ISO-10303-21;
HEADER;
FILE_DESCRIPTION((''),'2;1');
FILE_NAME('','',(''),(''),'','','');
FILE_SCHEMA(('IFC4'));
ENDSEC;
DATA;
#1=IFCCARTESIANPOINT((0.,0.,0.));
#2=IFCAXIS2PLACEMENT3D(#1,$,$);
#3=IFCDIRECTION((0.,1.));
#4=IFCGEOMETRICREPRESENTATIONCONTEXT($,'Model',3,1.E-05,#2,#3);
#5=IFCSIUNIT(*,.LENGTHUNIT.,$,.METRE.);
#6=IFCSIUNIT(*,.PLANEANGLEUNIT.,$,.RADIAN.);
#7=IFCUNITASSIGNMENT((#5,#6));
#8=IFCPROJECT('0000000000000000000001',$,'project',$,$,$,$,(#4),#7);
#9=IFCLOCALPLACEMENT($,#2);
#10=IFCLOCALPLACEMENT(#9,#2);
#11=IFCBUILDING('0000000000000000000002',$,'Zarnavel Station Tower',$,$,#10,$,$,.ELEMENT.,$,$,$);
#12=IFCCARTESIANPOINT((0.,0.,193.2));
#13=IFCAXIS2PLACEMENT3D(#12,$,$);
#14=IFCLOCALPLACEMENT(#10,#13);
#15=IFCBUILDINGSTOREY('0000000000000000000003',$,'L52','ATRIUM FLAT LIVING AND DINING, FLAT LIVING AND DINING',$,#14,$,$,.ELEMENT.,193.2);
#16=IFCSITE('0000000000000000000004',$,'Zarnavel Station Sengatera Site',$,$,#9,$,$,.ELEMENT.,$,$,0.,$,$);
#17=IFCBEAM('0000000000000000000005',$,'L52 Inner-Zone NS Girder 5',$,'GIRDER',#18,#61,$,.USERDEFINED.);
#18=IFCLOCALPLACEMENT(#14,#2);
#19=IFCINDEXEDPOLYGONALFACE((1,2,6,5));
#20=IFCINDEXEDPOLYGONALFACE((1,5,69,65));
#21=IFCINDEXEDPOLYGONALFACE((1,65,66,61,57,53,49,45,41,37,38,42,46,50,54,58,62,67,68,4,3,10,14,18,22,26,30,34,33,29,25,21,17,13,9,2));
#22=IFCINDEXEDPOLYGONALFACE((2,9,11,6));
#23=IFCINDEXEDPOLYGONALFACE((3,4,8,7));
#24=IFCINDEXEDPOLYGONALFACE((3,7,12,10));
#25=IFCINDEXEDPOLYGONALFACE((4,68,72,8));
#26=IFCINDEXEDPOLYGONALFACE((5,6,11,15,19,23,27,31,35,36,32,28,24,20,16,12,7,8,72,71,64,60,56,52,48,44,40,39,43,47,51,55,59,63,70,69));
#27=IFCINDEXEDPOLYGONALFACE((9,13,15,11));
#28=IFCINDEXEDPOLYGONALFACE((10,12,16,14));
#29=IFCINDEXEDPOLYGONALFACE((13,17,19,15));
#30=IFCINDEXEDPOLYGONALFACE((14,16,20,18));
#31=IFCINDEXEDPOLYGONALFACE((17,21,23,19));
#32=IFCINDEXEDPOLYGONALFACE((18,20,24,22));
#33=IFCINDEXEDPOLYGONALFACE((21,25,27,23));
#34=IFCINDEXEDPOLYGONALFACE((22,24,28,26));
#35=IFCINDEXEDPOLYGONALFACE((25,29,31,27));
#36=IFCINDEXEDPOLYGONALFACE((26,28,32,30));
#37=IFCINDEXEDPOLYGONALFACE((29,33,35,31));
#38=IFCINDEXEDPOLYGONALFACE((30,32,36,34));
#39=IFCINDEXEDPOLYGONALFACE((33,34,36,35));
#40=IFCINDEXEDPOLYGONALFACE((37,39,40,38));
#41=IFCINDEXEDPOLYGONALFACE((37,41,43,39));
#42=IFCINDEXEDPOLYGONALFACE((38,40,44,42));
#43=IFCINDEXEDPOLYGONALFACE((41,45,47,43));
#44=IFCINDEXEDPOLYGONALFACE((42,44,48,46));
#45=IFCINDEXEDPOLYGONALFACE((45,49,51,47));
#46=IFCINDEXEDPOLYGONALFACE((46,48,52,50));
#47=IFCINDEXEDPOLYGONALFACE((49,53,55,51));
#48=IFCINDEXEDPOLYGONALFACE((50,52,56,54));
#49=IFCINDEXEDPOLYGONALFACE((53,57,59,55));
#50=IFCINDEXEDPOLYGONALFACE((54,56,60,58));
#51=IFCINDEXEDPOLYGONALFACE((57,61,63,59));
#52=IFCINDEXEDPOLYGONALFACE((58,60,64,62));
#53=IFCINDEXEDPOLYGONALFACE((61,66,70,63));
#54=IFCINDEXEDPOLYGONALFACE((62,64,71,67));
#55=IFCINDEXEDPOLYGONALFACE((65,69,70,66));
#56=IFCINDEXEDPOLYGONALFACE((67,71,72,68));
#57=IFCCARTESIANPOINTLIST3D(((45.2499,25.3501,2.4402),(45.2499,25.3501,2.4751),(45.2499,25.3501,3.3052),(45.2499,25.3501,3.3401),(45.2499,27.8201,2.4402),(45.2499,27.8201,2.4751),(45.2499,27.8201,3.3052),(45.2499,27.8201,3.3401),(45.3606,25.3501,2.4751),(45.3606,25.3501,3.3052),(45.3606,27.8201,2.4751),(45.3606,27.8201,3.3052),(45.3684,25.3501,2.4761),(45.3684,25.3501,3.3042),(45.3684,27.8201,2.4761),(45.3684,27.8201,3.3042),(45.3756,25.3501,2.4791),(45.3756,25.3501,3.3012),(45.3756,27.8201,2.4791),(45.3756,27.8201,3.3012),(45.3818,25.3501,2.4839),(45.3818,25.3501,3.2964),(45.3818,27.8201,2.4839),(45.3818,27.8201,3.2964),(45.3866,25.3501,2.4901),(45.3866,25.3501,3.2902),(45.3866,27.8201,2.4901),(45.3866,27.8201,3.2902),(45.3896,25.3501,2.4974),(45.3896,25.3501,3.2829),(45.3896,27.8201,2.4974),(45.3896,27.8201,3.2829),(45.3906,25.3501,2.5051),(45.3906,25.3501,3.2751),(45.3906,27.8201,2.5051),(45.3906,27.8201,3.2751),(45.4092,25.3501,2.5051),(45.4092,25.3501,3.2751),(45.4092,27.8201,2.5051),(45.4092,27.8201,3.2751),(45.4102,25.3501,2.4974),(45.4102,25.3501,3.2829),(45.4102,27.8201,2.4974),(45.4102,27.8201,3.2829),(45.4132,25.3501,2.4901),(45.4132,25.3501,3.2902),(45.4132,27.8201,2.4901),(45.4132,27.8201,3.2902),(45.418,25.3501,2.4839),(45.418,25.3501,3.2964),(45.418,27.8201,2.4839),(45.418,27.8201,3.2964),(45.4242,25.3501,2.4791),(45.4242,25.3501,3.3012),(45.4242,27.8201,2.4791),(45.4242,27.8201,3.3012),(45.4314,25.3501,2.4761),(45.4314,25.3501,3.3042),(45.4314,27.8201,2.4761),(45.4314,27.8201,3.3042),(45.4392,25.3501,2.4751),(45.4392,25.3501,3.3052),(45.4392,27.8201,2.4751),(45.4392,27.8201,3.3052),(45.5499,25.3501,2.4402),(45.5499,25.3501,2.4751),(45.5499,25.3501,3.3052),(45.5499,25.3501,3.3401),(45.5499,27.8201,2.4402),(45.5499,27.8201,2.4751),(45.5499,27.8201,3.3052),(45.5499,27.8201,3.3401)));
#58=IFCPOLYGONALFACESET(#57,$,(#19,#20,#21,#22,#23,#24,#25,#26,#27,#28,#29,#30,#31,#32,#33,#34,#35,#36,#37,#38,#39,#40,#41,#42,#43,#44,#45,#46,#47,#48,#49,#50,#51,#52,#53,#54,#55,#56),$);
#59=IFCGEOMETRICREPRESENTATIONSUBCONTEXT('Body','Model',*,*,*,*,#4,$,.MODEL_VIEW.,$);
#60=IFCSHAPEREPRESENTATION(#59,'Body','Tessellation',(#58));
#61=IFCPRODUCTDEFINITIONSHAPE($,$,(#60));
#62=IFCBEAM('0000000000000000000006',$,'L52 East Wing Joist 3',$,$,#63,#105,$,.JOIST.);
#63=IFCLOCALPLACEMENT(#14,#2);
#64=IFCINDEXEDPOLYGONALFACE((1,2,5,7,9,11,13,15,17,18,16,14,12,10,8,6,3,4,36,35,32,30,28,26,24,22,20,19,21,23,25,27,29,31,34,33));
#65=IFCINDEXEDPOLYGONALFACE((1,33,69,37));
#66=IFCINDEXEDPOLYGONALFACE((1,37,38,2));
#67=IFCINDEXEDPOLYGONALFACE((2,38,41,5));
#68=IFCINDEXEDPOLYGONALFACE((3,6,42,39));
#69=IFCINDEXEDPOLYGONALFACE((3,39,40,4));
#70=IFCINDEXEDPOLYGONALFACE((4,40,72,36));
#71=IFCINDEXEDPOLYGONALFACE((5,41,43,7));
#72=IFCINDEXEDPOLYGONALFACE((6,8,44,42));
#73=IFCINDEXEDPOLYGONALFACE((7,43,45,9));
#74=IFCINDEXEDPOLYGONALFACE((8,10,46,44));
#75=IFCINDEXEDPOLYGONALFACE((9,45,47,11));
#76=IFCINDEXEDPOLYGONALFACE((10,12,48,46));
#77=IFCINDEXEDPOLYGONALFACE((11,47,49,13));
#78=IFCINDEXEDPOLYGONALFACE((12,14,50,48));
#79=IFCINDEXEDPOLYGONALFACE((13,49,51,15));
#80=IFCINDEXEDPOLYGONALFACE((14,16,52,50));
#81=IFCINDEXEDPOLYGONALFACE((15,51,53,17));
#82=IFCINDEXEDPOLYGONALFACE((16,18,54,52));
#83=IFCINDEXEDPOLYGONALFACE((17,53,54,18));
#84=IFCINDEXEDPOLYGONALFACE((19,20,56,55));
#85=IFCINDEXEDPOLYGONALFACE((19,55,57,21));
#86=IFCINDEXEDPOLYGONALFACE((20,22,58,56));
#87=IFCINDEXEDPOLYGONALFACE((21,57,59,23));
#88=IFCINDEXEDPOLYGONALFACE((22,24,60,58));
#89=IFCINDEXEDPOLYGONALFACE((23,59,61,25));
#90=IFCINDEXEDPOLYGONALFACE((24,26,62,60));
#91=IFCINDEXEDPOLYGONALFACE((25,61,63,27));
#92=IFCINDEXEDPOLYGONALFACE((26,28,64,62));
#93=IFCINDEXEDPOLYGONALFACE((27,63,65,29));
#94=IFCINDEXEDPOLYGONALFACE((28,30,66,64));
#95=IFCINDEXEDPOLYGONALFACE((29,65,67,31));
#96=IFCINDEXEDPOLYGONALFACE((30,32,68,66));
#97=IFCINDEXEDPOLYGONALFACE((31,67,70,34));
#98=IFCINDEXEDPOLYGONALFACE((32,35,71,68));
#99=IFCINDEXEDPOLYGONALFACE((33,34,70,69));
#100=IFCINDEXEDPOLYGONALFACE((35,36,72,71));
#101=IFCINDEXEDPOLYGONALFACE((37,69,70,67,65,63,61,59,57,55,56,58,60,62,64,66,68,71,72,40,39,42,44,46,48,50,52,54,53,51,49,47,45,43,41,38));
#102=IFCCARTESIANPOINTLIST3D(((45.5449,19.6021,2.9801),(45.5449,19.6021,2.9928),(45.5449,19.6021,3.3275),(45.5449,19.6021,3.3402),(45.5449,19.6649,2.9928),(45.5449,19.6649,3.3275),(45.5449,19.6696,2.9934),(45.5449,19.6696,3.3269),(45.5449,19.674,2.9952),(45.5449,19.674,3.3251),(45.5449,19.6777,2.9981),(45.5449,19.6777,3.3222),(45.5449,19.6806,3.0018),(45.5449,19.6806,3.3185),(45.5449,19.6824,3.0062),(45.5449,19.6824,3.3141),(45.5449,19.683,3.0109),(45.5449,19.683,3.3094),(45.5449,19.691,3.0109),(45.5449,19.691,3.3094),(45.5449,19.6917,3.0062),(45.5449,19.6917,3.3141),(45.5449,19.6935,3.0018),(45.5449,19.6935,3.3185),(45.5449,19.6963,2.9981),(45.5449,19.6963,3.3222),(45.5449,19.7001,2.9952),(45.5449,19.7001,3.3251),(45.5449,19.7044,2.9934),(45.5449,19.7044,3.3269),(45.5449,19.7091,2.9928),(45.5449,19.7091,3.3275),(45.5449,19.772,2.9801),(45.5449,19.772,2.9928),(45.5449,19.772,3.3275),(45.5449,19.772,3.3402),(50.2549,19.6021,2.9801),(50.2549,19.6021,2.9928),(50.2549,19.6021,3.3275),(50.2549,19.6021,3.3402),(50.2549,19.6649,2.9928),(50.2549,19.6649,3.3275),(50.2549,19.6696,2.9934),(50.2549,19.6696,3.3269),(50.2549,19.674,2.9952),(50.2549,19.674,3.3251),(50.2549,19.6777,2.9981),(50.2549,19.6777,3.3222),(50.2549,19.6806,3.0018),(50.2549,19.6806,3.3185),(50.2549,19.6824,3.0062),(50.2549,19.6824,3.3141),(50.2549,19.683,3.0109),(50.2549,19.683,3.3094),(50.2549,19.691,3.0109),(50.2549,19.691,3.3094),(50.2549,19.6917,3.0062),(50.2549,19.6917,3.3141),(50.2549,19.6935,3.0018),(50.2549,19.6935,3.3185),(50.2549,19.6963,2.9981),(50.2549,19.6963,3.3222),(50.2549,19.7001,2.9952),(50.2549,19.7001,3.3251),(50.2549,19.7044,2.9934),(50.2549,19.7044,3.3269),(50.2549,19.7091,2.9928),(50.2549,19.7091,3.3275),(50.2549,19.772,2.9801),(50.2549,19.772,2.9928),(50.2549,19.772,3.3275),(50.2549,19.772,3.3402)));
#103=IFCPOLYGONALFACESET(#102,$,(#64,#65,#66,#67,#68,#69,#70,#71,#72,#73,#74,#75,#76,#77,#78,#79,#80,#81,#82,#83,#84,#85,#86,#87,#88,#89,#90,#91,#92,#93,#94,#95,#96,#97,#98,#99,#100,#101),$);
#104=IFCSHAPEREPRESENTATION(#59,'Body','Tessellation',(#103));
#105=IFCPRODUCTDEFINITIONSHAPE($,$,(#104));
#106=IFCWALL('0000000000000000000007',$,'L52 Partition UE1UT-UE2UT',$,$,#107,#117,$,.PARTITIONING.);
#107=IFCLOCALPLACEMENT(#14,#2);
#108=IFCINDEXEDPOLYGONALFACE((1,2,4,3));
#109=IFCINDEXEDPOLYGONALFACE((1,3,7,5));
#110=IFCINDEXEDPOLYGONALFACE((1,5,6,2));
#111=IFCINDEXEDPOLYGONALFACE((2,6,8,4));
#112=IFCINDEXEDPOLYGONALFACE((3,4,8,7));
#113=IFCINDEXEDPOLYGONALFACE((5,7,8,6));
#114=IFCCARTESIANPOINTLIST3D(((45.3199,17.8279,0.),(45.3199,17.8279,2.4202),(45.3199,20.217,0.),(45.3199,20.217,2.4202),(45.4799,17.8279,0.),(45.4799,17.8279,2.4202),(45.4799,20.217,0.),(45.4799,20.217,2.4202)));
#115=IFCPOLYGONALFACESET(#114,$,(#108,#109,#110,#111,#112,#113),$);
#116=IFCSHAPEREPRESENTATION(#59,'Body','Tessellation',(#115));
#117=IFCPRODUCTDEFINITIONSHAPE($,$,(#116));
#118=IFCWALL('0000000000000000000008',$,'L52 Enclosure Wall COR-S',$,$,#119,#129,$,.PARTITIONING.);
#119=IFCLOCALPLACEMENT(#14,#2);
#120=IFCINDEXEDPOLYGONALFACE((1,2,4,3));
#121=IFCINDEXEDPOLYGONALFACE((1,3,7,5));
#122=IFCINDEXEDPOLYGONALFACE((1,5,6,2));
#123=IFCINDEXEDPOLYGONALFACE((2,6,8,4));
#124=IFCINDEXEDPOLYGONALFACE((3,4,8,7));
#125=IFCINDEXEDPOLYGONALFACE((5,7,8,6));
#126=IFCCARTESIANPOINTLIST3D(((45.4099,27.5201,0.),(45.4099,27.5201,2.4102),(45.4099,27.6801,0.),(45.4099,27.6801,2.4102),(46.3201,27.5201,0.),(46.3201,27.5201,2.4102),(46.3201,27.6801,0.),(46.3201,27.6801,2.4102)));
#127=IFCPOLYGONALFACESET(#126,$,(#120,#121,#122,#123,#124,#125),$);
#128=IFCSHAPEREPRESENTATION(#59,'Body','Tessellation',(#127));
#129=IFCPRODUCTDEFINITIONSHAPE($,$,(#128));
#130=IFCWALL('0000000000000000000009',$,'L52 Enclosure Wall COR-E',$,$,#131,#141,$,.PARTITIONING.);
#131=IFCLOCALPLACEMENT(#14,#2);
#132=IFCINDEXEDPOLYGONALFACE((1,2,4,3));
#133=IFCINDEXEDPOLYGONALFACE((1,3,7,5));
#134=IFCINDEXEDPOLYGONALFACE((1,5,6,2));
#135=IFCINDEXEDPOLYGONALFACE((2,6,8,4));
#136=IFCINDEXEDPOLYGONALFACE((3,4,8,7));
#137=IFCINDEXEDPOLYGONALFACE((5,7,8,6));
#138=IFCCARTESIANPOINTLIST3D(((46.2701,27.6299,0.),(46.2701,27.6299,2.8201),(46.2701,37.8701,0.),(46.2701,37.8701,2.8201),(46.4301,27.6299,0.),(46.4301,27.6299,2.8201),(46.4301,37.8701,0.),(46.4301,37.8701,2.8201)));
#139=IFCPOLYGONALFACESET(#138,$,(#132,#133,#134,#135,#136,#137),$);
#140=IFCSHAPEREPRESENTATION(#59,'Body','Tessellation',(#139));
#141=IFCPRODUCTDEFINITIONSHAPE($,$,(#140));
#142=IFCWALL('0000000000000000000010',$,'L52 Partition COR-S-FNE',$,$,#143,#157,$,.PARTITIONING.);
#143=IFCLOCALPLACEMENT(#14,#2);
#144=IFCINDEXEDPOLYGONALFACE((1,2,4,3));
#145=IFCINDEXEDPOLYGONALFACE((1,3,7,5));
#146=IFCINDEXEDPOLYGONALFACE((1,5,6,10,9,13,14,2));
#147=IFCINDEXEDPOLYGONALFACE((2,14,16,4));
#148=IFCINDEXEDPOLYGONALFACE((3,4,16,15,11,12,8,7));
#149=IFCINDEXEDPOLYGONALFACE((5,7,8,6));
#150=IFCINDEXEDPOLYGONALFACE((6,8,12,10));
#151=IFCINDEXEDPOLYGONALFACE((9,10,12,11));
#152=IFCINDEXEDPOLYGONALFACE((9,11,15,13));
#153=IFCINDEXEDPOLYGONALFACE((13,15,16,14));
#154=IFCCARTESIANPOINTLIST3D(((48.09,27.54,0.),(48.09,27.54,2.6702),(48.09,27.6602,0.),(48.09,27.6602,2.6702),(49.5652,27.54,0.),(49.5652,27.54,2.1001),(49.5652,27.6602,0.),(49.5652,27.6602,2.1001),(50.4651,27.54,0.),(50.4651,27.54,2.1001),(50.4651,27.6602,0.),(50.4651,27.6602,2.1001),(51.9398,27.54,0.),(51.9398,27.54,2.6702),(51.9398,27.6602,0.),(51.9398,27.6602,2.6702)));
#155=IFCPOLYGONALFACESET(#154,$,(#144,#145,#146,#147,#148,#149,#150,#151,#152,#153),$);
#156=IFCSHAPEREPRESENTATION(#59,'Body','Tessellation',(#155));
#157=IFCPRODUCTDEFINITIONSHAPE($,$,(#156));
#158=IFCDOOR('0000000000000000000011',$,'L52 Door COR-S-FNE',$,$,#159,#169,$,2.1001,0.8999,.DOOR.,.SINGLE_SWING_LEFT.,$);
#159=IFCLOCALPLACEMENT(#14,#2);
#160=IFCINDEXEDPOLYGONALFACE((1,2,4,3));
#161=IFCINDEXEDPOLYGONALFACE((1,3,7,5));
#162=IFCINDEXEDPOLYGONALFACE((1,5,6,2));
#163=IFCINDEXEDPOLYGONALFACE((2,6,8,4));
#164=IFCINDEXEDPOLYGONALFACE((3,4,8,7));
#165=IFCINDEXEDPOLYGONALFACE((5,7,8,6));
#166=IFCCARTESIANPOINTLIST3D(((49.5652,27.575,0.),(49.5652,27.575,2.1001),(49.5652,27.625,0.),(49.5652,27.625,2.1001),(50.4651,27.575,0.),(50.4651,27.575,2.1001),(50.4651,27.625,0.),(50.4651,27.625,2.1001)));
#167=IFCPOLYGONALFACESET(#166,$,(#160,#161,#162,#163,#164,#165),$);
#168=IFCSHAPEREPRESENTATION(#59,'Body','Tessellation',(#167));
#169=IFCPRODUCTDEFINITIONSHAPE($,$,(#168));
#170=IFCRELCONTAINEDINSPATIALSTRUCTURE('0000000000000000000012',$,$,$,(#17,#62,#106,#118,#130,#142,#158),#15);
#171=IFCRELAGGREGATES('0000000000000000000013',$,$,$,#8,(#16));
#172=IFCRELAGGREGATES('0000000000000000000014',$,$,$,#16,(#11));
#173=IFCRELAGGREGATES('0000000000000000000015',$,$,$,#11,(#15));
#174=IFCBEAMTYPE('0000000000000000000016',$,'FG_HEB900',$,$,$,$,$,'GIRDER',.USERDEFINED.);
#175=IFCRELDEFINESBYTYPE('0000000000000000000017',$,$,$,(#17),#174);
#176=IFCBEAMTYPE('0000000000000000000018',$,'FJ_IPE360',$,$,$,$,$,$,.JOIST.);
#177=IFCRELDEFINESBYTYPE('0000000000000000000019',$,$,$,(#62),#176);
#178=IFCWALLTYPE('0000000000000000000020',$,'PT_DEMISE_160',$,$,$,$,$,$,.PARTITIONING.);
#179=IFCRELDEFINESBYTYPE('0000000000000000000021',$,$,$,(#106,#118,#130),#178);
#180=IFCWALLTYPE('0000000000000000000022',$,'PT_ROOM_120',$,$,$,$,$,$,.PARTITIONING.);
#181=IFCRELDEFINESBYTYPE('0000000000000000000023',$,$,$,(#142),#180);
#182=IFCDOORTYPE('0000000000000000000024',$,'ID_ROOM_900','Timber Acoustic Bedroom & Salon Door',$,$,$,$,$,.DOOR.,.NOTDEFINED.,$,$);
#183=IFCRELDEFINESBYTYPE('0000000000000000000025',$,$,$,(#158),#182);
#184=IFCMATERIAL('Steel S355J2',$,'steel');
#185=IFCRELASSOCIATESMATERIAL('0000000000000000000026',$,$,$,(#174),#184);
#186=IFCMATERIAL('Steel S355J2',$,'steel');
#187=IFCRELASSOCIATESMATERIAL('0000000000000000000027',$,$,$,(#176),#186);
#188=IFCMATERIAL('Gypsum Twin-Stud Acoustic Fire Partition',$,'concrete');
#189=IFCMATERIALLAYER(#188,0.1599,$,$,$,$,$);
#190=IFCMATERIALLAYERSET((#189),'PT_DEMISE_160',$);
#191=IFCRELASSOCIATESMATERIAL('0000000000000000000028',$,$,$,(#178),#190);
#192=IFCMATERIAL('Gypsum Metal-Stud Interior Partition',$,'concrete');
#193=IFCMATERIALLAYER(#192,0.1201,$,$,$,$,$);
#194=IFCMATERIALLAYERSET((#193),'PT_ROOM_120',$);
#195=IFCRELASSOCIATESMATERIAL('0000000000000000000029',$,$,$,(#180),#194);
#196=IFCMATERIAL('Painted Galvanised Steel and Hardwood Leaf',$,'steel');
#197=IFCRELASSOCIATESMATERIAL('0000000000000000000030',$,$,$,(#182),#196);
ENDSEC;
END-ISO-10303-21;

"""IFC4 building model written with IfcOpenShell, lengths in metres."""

from ifc_helpers import new_model, si_unit, direction, frame, frame_2d, origin, origin_2d, place, context, subcontext, project, spatial, rectangle, i_section, extrude, material, layer, layer_set, material_profile, profile_set, type_object, element, fill, save


model = new_model("IFC4")

# Units and contexts
model_context = context("Model", 3, precision=1e-05, world=origin(), true_north=direction((0.0, 1.0)))
body_context = subcontext(model_context, "Body", "Model", "MODEL_VIEW")
ifc_project = project(units=[si_unit("LENGTHUNIT", "METRE"), si_unit("PLANEANGLEUNIT", "RADIAN")], contexts=[model_context])

# Site, building, storey
site_placement = place(None, origin())
site = spatial("IfcSite", under=ifc_project, at=site_placement, Name="Zarnavel Station Sengatera Site", CompositionType="ELEMENT", RefElevation=0.0)
building_placement = place(site_placement, origin())
building = spatial("IfcBuilding", under=site, at=building_placement, Name="Zarnavel Station Tower", CompositionType="ELEMENT")
storey_placement = place(building_placement, frame((0.0, 0.0, 193.2)))
storey = spatial("IfcBuildingStorey", under=building, at=storey_placement, Name="L52", Description="ATRIUM FLAT LIVING AND DINING, FLAT LIVING AND DINING", CompositionType="ELEMENT", Elevation=193.2)

# Beams
ifc_material_1 = material(Name="Steel S355J2", Category="steel")
ifc_material_profile_1 = material_profile(ifc_material_1, i_section(OverallWidth=0.3, OverallDepth=0.8999, WebThickness=0.0186, FlangeThickness=0.0349, FilletRadius=0.03, at=origin_2d()), Name="HEB900")
ifc_profile_set_1 = profile_set([ifc_material_profile_1], Name="Steel S355J2")
beam_type_1 = type_object("IfcBeamType", Name="FG_HEB900", ElementType="GIRDER", PredefinedType="USERDEFINED", material=ifc_profile_set_1)
beam_1_placement = place(storey_placement, frame((45.3999, 25.3501, 2.8901), z_axis=(0.0, 1.0, 0.0), x_axis=(-1.0, 0.0, 0.0)))
element("IfcBeam", 1, at=beam_1_placement, inside=storey, type_object=beam_type_1, Name="L52 Inner-Zone NS Girder 5", ObjectType="GIRDER", PredefinedType="USERDEFINED", context=body_context, shape_type="SweptSolid", body=[
    extrude(i_section(OverallWidth=0.3, OverallDepth=0.8999, WebThickness=0.0186, FlangeThickness=0.0349, FilletRadius=0.03, at=origin_2d()), origin(), (0.0, 0.0, 1.0), 2.47),
])
ifc_material_2 = material(Name="Steel S355J2", Category="steel")
ifc_material_profile_2 = material_profile(ifc_material_2, i_section(OverallWidth=0.1699, OverallDepth=0.3601, WebThickness=0.0081, FlangeThickness=0.0127, FilletRadius=0.0181, at=origin_2d()), Name="IPE360")
ifc_profile_set_2 = profile_set([ifc_material_profile_2], Name="Steel S355J2")
beam_type_2 = type_object("IfcBeamType", Name="FJ_IPE360", PredefinedType="JOIST", material=ifc_profile_set_2)
beam_2_placement = place(storey_placement, frame((45.5449, 19.687, 3.1602), z_axis=(1.0, 0.0, 0.0), x_axis=(0.0, 1.0, 0.0)))
element("IfcBeam", 2, at=beam_2_placement, inside=storey, type_object=beam_type_2, Name="L52 East Wing Joist 3", PredefinedType="JOIST", context=body_context, shape_type="SweptSolid", body=[
    extrude(i_section(OverallWidth=0.1699, OverallDepth=0.3601, WebThickness=0.0081, FlangeThickness=0.0127, FilletRadius=0.0181, at=origin_2d()), origin(), (0.0, 0.0, 1.0), 4.71),
])

# Shared definitions
ifc_material_3 = material(Name="Gypsum Twin-Stud Acoustic Fire Partition", Category="concrete")
ifc_layer_1 = layer(ifc_material_3, 0.1599)
ifc_layer_set_1 = layer_set([ifc_layer_1], Name="PT_DEMISE_160")
wall_type_1 = type_object("IfcWallType", Name="PT_DEMISE_160", PredefinedType="PARTITIONING", material=ifc_layer_set_1)

# Walls
wall_1_placement = place(storey_placement, frame((45.3999, 17.8279, 0.0), z_axis=(0.0, 0.0, 1.0), x_axis=(0.0, 1.0, 0.0)))
element("IfcWall", 3, at=wall_1_placement, inside=storey, type_object=wall_type_1, Name="L52 Partition UE1UT-UE2UT", PredefinedType="PARTITIONING", context=body_context, shape_type="SweptSolid", body=[
    extrude(rectangle(XDim=2.3892, YDim=0.1599, at=frame_2d((1.1946, 0.0))), origin(), (0.0, 0.0, 1.0), 2.4202),
])
wall_2_placement = place(storey_placement, frame((45.4099, 27.6001, 0.0), z_axis=(0.0, 0.0, 1.0), x_axis=(1.0, 0.0, 0.0)))
element("IfcWall", 4, at=wall_2_placement, inside=storey, type_object=wall_type_1, Name="L52 Enclosure Wall COR-S", PredefinedType="PARTITIONING", context=body_context, shape_type="SweptSolid", body=[
    extrude(rectangle(XDim=0.9102, YDim=0.1599, at=frame_2d((0.4551, 0.0))), origin(), (0.0, 0.0, 1.0), 2.4102),
])
wall_3_placement = place(storey_placement, frame((46.3501, 27.6299, 0.0), z_axis=(0.0, 0.0, 1.0), x_axis=(0.0, 1.0, 0.0)))
element("IfcWall", 5, at=wall_3_placement, inside=storey, type_object=wall_type_1, Name="L52 Enclosure Wall COR-E", PredefinedType="PARTITIONING", context=body_context, shape_type="SweptSolid", body=[
    extrude(rectangle(XDim=10.2402, YDim=0.1599, at=frame_2d((5.1201, 0.0))), origin(), (0.0, 0.0, 1.0), 2.8201),
])

# Wall, opening, door
ifc_material_4 = material(Name="Gypsum Metal-Stud Interior Partition", Category="concrete")
ifc_layer_2 = layer(ifc_material_4, 0.1201)
ifc_layer_set_2 = layer_set([ifc_layer_2], Name="PT_ROOM_120")
wall_type_2 = type_object("IfcWallType", Name="PT_ROOM_120", PredefinedType="PARTITIONING", material=ifc_layer_set_2)
wall_4_placement = place(storey_placement, frame((48.0901, 27.6001, 0.0), z_axis=(0.0, 0.0, 1.0), x_axis=(1.0, 0.0, 0.0)))
wall_4 = element("IfcWall", 6, at=wall_4_placement, inside=storey, type_object=wall_type_2, Name="L52 Partition COR-S-FNE", PredefinedType="PARTITIONING", context=body_context, shape_type="SweptSolid", body=[
    extrude(rectangle(XDim=3.8499, YDim=0.1201, at=frame_2d((1.9248, 0.0))), origin(), (0.0, 0.0, 1.0), 2.6702),
])
opening_1_placement = place(wall_4_placement, frame((1.4751, 0.0, 0.0)))
opening_1 = element("IfcOpeningElement", 7, at=opening_1_placement, cuts=wall_4, PredefinedType="OPENING", context=body_context, shape_type="SweptSolid", body=[
    extrude(rectangle(XDim=0.8999, YDim=2.1001, at=frame_2d((0.45, 1.05))), frame((0.0, 0.0701, 0.0), z_axis=(0.0, -1.0, 0.0), x_axis=(1.0, 0.0, 0.0)), (0.0, 0.0, 1.0), 0.1401),
])
ifc_material_5 = material(Name="Painted Galvanised Steel and Hardwood Leaf", Category="steel")
door_type_1 = type_object("IfcDoorType", Name="ID_ROOM_900", Description="Timber Acoustic Bedroom & Salon Door", OperationType="NOTDEFINED", PredefinedType="DOOR", material=ifc_material_5)
door_1_placement = place(opening_1_placement, origin())
door_1 = element("IfcDoor", 8, at=door_1_placement, inside=storey, type_object=door_type_1, Name="L52 Door COR-S-FNE", OperationType="SINGLE_SWING_LEFT", OverallHeight=2.1001, OverallWidth=0.8999, PredefinedType="DOOR", context=body_context, shape_type="SweptSolid", body=[
    extrude(rectangle(XDim=0.8999, YDim=2.1001, at=frame_2d((0.45, 1.05))), frame((0.0, 0.0249, 0.0), z_axis=(0.0, -1.0, 0.0), x_axis=(1.0, 0.0, 0.0)), (0.0, 0.0, 1.0), 0.05),
])
fill(opening_1, door_1)

save(model, "model.ifc")
